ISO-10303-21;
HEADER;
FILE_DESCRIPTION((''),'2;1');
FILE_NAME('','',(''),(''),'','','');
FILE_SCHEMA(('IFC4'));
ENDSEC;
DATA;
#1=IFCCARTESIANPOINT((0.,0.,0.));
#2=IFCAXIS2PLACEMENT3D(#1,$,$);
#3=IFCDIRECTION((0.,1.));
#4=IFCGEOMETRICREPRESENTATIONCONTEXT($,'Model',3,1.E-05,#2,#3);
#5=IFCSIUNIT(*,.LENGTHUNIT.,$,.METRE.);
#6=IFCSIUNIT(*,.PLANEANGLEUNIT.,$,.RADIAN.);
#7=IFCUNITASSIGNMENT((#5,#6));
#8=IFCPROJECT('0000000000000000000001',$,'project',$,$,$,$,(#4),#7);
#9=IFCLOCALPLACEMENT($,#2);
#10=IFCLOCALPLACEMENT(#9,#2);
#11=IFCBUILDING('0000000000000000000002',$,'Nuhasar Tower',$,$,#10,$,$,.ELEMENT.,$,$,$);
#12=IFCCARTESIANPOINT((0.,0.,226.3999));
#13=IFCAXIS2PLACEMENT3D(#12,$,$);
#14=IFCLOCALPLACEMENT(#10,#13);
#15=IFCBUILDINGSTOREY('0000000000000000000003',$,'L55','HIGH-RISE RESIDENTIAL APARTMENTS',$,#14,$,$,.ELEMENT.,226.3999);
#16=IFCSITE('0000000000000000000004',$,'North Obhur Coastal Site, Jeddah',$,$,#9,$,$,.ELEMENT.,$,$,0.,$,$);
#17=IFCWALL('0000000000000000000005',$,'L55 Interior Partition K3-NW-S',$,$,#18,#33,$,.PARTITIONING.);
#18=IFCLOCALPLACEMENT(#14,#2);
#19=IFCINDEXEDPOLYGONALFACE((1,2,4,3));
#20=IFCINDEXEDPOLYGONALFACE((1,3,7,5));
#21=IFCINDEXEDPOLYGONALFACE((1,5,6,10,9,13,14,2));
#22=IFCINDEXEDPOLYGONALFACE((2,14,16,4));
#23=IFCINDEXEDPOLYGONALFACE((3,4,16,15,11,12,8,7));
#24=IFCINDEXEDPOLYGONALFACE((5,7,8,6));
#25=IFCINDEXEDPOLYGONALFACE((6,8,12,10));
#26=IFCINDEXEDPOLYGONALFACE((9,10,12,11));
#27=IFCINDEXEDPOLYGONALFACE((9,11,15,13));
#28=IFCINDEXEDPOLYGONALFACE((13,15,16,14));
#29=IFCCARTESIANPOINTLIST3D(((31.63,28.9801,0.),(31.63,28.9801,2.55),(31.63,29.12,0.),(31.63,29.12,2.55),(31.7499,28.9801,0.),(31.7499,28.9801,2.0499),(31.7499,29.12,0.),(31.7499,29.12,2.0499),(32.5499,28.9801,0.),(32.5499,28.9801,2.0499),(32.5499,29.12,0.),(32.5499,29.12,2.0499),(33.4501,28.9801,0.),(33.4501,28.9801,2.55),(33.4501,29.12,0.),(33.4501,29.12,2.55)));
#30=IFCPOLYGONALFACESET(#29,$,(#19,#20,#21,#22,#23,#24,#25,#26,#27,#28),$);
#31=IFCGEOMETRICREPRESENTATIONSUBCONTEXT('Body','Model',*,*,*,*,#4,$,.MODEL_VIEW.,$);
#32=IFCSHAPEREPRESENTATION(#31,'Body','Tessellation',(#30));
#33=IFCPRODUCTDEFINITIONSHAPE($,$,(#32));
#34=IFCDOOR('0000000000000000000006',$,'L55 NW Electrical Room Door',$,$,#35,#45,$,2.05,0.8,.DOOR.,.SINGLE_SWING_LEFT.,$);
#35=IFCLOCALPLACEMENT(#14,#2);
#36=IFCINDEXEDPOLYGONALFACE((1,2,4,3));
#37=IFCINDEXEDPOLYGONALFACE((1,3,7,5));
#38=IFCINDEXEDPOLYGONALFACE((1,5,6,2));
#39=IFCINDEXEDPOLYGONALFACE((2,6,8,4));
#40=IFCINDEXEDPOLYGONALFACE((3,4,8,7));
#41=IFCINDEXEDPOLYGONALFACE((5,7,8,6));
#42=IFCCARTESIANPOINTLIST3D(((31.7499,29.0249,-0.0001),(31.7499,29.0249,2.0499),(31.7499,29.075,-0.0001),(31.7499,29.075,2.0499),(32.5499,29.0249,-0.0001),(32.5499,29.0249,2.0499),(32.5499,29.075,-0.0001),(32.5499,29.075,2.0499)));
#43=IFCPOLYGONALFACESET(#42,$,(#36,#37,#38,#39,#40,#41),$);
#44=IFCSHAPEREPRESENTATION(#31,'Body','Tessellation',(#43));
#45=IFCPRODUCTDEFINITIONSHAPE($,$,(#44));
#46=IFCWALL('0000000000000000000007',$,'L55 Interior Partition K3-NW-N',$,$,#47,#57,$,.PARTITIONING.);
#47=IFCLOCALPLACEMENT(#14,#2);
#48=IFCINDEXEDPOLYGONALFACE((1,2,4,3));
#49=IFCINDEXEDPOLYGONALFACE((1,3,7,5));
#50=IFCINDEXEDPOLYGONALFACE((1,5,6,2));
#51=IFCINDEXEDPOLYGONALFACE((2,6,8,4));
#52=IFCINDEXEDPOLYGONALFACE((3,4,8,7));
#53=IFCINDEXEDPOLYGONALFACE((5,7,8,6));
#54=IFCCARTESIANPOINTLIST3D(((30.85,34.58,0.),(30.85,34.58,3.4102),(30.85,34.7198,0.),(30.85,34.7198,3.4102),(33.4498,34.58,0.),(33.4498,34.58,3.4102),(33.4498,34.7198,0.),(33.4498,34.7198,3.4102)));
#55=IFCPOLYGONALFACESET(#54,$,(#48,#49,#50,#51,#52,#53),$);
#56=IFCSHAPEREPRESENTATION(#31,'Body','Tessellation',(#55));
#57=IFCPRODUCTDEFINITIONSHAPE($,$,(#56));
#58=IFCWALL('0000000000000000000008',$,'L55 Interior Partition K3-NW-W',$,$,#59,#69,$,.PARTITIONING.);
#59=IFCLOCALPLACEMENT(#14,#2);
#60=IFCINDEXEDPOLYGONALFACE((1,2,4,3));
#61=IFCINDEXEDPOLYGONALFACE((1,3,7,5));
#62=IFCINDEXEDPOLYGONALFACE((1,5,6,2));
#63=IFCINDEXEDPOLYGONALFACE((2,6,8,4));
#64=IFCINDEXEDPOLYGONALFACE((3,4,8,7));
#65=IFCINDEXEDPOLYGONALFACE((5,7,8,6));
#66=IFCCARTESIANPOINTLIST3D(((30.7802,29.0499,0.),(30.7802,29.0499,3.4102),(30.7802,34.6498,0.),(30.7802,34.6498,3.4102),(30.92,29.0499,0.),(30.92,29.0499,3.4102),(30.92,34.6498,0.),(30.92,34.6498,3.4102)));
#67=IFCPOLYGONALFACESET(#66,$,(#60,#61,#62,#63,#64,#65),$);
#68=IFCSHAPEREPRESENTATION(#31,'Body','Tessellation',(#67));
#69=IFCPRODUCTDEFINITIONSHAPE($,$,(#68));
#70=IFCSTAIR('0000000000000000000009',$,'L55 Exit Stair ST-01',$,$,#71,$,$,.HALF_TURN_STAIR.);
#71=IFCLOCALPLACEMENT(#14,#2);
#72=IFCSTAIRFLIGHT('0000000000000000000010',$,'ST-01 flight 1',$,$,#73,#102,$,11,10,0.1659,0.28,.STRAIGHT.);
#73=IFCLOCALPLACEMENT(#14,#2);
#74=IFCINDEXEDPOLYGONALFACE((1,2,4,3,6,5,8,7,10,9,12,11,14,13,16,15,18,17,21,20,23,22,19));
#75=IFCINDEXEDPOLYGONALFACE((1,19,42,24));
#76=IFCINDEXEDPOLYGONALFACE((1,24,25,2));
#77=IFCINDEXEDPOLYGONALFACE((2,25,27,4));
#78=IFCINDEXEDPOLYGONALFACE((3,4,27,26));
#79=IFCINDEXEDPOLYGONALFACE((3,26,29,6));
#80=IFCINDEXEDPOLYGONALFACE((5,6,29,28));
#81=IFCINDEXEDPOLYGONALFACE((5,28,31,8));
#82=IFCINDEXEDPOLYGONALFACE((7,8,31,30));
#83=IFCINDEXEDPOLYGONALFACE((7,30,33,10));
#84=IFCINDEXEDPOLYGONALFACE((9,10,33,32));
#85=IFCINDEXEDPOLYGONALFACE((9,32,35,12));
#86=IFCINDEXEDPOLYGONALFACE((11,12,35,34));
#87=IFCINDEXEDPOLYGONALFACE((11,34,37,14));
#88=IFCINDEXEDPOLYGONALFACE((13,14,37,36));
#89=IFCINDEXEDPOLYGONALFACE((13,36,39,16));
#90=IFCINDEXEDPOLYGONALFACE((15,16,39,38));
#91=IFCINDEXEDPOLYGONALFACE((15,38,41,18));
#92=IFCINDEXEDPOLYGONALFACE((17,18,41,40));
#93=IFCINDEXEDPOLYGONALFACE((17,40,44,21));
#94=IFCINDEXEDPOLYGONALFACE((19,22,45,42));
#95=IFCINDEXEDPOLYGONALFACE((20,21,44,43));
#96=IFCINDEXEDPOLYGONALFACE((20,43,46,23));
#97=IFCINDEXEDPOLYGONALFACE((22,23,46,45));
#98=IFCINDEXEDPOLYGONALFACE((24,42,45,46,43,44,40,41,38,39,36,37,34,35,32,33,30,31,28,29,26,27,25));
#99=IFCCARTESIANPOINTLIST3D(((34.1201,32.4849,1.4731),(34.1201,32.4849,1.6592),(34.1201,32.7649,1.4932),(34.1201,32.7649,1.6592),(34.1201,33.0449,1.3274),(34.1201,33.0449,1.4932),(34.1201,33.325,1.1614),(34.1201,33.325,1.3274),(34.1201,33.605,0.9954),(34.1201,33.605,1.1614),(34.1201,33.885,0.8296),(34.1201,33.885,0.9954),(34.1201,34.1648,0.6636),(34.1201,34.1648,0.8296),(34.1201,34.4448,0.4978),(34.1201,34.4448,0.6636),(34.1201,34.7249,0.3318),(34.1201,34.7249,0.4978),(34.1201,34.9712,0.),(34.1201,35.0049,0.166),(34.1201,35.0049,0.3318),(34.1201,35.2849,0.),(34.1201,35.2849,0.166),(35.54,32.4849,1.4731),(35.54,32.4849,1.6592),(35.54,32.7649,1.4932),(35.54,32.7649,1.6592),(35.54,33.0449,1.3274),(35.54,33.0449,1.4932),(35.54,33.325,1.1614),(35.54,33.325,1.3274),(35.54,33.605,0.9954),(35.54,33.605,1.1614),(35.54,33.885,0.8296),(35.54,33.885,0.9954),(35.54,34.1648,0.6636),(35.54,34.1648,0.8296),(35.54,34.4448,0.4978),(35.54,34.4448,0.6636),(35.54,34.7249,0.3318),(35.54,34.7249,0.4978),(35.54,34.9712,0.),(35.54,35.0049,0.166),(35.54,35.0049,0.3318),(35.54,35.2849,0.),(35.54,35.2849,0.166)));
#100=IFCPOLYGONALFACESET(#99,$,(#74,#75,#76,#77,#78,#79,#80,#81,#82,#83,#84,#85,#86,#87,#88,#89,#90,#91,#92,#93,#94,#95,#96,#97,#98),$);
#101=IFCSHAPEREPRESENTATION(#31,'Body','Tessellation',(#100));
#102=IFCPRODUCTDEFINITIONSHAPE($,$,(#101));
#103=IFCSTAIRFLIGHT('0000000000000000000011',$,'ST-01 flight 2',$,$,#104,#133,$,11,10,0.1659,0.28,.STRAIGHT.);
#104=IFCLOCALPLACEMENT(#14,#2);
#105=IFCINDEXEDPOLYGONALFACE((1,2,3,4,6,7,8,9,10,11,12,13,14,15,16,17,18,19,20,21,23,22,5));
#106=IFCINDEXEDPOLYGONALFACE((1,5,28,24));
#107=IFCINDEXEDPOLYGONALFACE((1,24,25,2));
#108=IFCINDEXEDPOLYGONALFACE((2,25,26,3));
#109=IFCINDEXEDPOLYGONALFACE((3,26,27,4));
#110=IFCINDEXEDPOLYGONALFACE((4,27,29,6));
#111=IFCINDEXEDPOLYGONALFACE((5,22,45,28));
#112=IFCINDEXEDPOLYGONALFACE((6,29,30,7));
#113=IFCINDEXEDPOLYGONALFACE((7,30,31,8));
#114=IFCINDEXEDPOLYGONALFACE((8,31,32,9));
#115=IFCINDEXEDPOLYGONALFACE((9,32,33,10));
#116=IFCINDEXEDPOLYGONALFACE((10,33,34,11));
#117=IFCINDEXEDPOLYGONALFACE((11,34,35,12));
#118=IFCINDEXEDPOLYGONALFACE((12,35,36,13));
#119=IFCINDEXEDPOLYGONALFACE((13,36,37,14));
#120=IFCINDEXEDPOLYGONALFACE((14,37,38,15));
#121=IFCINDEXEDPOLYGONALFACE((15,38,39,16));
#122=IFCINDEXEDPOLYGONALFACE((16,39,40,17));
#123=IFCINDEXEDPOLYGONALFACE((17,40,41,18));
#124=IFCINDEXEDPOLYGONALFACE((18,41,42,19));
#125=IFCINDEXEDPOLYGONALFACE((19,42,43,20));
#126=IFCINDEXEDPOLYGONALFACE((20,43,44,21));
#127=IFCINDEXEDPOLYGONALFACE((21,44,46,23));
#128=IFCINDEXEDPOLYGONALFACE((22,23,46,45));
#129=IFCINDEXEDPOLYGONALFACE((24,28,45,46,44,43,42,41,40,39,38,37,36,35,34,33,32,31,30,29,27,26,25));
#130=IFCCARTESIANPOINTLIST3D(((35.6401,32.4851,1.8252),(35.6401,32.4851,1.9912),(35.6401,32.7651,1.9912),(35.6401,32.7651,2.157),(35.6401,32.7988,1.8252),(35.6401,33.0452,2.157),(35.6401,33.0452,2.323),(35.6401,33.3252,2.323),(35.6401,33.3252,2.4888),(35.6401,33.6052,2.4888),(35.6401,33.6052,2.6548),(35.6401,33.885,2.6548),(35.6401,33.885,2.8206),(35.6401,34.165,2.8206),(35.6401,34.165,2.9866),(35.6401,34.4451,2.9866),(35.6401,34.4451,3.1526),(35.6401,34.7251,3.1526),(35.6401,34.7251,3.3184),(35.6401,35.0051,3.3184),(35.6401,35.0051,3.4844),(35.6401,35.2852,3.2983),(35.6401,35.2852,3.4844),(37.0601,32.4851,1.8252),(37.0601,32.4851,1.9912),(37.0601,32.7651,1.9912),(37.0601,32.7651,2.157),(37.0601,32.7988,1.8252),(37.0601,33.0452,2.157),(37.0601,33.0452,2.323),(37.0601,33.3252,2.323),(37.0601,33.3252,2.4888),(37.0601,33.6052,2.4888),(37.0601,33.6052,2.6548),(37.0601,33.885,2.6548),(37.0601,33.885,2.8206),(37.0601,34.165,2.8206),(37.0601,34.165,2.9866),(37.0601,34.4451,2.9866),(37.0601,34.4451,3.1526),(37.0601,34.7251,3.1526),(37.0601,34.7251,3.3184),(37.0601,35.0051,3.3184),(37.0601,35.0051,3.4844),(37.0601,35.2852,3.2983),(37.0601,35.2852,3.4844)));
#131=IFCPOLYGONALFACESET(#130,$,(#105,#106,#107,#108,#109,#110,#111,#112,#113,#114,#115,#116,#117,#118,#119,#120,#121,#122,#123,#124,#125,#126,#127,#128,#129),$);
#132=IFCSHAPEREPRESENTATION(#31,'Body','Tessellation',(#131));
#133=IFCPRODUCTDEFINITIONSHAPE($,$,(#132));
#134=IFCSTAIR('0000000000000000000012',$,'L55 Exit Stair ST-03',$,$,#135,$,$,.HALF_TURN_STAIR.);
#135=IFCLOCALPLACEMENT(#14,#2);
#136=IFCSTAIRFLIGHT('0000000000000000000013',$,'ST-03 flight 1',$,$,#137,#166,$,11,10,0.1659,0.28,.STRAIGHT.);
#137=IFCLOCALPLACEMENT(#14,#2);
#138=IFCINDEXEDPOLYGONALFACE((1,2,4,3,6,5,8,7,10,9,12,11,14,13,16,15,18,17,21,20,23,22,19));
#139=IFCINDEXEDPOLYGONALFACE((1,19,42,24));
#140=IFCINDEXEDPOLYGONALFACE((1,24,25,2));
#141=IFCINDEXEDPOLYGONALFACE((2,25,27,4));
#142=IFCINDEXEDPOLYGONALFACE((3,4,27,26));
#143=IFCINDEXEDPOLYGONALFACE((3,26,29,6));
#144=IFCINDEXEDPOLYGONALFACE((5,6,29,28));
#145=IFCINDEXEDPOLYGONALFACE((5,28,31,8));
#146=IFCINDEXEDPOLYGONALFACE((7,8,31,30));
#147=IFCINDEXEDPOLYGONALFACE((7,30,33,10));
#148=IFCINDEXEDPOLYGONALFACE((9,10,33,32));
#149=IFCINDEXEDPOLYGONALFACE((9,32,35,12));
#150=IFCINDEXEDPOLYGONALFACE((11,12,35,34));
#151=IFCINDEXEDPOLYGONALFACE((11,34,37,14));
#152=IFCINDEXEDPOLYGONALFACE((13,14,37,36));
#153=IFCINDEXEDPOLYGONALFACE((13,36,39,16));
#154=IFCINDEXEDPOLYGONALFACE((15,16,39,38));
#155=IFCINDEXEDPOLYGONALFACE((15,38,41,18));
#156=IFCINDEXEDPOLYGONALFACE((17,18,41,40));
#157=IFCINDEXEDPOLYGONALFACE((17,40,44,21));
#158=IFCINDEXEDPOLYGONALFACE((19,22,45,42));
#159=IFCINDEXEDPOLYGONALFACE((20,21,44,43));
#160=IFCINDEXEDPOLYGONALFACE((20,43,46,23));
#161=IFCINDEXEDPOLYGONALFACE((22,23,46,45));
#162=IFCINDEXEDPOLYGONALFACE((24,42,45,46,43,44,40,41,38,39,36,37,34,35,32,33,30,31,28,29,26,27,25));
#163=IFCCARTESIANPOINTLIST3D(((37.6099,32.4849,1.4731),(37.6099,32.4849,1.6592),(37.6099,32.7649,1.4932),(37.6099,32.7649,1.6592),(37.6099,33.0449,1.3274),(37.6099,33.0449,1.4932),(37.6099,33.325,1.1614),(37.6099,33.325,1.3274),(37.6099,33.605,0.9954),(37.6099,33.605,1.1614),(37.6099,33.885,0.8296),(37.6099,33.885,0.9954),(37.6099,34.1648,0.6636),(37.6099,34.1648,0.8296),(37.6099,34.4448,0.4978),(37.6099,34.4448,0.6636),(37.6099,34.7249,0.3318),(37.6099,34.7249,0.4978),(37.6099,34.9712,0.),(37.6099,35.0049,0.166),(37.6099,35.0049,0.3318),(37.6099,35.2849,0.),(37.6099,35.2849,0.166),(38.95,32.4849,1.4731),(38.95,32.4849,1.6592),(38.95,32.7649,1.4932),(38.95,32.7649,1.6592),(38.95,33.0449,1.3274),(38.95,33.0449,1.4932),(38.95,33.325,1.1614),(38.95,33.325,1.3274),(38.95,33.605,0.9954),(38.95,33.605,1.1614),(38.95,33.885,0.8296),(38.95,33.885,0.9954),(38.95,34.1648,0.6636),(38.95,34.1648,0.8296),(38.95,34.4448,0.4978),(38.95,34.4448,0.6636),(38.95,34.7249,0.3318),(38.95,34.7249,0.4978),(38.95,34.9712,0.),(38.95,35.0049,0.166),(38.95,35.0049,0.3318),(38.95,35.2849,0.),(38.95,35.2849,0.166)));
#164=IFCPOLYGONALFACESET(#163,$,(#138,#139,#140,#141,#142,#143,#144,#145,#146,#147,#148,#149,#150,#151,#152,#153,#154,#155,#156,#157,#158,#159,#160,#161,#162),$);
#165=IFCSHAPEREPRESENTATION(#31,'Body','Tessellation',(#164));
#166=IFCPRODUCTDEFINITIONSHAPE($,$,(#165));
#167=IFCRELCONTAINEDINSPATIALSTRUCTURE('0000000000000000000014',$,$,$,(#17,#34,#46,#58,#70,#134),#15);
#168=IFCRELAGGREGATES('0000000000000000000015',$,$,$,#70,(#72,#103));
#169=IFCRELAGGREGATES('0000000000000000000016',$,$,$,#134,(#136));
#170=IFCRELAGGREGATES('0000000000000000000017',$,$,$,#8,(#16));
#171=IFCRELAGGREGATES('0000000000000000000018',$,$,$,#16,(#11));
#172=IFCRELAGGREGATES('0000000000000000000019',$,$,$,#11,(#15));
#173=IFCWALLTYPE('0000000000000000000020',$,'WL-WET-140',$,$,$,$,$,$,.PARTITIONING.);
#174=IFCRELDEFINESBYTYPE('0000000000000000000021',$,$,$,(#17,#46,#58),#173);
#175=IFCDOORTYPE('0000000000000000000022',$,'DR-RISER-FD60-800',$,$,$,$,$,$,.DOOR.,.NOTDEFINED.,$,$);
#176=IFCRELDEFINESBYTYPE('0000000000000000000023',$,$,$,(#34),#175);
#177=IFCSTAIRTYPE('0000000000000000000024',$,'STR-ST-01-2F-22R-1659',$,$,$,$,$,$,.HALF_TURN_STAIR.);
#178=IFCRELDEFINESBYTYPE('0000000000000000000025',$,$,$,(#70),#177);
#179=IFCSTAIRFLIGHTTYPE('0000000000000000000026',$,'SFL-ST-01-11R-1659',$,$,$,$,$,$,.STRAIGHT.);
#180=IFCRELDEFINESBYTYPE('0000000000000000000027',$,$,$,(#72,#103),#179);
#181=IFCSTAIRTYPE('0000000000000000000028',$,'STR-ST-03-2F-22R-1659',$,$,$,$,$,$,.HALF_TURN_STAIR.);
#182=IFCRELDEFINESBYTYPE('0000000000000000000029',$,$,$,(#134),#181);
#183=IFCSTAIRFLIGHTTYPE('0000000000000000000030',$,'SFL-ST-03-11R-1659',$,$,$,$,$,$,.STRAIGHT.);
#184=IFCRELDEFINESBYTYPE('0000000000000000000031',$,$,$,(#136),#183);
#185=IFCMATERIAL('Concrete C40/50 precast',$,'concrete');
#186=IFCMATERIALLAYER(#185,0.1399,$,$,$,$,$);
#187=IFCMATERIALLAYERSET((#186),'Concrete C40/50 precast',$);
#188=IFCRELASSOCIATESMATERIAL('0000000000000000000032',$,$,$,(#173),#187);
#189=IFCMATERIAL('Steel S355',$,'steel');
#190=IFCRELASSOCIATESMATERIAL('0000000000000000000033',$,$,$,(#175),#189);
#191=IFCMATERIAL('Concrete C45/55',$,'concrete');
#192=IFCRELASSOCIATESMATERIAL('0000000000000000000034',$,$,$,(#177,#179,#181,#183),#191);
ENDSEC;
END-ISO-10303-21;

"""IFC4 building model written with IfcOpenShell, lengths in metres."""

from ifc_helpers import new_model, si_unit, direction, frame, frame_2d, origin, place, context, subcontext, project, spatial, polyline, rectangle, outline, extrude, material, layer, layer_set, type_object, element, fill, aggregate, save


model = new_model("IFC4")

# Units and contexts
model_context = context("Model", 3, precision=1e-05, world=origin(), true_north=direction((0.0, 1.0)))
body_context = subcontext(model_context, "Body", "Model", "MODEL_VIEW")
ifc_project = project(units=[si_unit("LENGTHUNIT", "METRE"), si_unit("PLANEANGLEUNIT", "RADIAN")], contexts=[model_context])

# Site, building, storey
site_placement = place(None, origin())
site = spatial("IfcSite", under=ifc_project, at=site_placement, Name="North Obhur Coastal Site, Jeddah", CompositionType="ELEMENT", RefElevation=0.0)
building_placement = place(site_placement, origin())
building = spatial("IfcBuilding", under=site, at=building_placement, Name="Nuhasar Tower", CompositionType="ELEMENT")
storey_placement = place(building_placement, frame((0.0, 0.0, 226.3999)))
storey = spatial("IfcBuildingStorey", under=building, at=storey_placement, Name="L55", Description="HIGH-RISE RESIDENTIAL APARTMENTS", CompositionType="ELEMENT", Elevation=226.3999)

# Shared definitions
ifc_material_1 = material(Name="Steel S355", Category="steel")

# Shared definitions
ifc_material_2 = material(Name="Concrete C40/50 precast", Category="concrete")
ifc_layer_1 = layer(ifc_material_2, 0.1399)
ifc_layer_set_1 = layer_set([ifc_layer_1], Name="Concrete C40/50 precast")
wall_type_1 = type_object("IfcWallType", Name="WL-WET-140", PredefinedType="PARTITIONING", material=ifc_layer_set_1)

# Wall, opening, door
wall_1_placement = place(storey_placement, frame((31.6299, 29.05, 0.0), z_axis=(0.0, 0.0, 1.0), x_axis=(1.0, 0.0, 0.0)))
wall_1 = element("IfcWall", 1, at=wall_1_placement, inside=storey, type_object=wall_type_1, Name="L55 Interior Partition K3-NW-S", PredefinedType="PARTITIONING", context=body_context, shape_type="SweptSolid", body=[
    extrude(rectangle(XDim=1.8201, YDim=0.1399, at=frame_2d((0.9102, 0.0))), origin(), (0.0, 0.0, 1.0), 2.55),
])
opening_1_placement = place(wall_1_placement, frame((0.1201, 0.0, 0.0)))
opening_1 = element("IfcOpeningElement", 2, at=opening_1_placement, cuts=wall_1, PredefinedType="OPENING", context=body_context, shape_type="SweptSolid", body=[
    extrude(rectangle(XDim=0.8, YDim=2.05, at=frame_2d((0.3999, 1.0249))), frame((0.0, 0.0801, 0.0), z_axis=(0.0, -1.0, 0.0), x_axis=(1.0, 0.0, 0.0)), (0.0, 0.0, 1.0), 0.1599),
])
door_type_1 = type_object("IfcDoorType", Name="DR-RISER-FD60-800", OperationType="NOTDEFINED", PredefinedType="DOOR", material=ifc_material_1)
door_1_placement = place(opening_1_placement, origin())
door_1 = element("IfcDoor", 3, at=door_1_placement, inside=storey, type_object=door_type_1, Name="L55 NW Electrical Room Door", OperationType="SINGLE_SWING_LEFT", OverallHeight=2.05, OverallWidth=0.8, PredefinedType="DOOR", context=body_context, shape_type="SweptSolid", body=[
    extrude(rectangle(XDim=0.8, YDim=2.05, at=frame_2d((0.3999, 1.0249))), frame((0.0, 0.0249, 0.0), z_axis=(0.0, -1.0, 0.0), x_axis=(1.0, 0.0, 0.0)), (0.0, 0.0, 1.0), 0.05),
])
fill(opening_1, door_1)

# Walls
wall_2_placement = place(storey_placement, frame((30.8501, 34.6499, 0.0), z_axis=(0.0, 0.0, 1.0), x_axis=(1.0, 0.0, 0.0)))
element("IfcWall", 4, at=wall_2_placement, inside=storey, type_object=wall_type_1, Name="L55 Interior Partition K3-NW-N", PredefinedType="PARTITIONING", context=body_context, shape_type="SweptSolid", body=[
    extrude(rectangle(XDim=2.5999, YDim=0.1399, at=frame_2d((1.2998, 0.0))), origin(), (0.0, 0.0, 1.0), 3.4102),
])
wall_3_placement = place(storey_placement, frame((30.8501, 29.05, 0.0), z_axis=(0.0, 0.0, 1.0), x_axis=(0.0, 1.0, 0.0)))
element("IfcWall", 5, at=wall_3_placement, inside=storey, type_object=wall_type_1, Name="L55 Interior Partition K3-NW-W", PredefinedType="PARTITIONING", context=body_context, shape_type="SweptSolid", body=[
    extrude(rectangle(XDim=5.5999, YDim=0.1399, at=frame_2d((2.7998, 0.0))), origin(), (0.0, 0.0, 1.0), 3.4102),
])

# Stair, stair flights
ifc_material_3 = material(Name="Concrete C45/55", Category="concrete")
stair_type_1 = type_object("IfcStairType", Name="STR-ST-01-2F-22R-1659", PredefinedType="HALF_TURN_STAIR", material=ifc_material_3)
stair_1_placement = place(storey_placement, origin())
stair_1 = element("IfcStair", 6, at=stair_1_placement, inside=storey, type_object=stair_type_1, Name="L55 Exit Stair ST-01", PredefinedType="HALF_TURN_STAIR")
stair_flight_type_1 = type_object("IfcStairFlightType", Name="SFL-ST-01-11R-1659", PredefinedType="STRAIGHT", material=ifc_material_3)
stair_flight_1_placement = place(storey_placement, frame((34.8301, 35.2849, 0.0), z_axis=(0.0, 0.0, 1.0), x_axis=(0.0, -1.0, 0.0)))
stair_flight_1 = element("IfcStairFlight", 7, at=stair_flight_1_placement, type_object=stair_flight_type_1, Name="ST-01 flight 1", NumberOfRisers=11, NumberOfTreads=10, PredefinedType="STRAIGHT", RiserHeight=0.1659, TreadLength=0.28, context=body_context, shape_type="SweptSolid", body=[
    extrude(outline(polyline([(0.0, 0.0), (0.0, 0.166), (0.28, 0.166), (0.28, 0.3318), (0.5601, 0.3318), (0.5601, 0.4978), (0.8401, 0.4978), (0.8401, 0.6636), (1.1201, 0.6636), (1.1201, 0.8296), (1.3999, 0.8296), (1.3999, 0.9954), (1.6799, 0.9954), (1.6799, 1.1614), (1.96, 1.1614), (1.96, 1.3274), (2.24, 1.3274), (2.24, 1.4932), (2.52, 1.4932), (2.52, 1.6592), (2.8, 1.6592), (2.8, 1.825), (2.8, 1.4731), (0.3137, 0.0), (0.0, 0.0)])), frame((0.0, 0.71, 0.0), z_axis=(0.0, -1.0, 0.0), x_axis=(1.0, 0.0, 0.0)), (0.0, 0.0, 1.0), 1.4199),
])
stair_flight_2_placement = place(storey_placement, frame((36.3501, 32.4851, 1.8252), z_axis=(0.0, 0.0, 1.0), x_axis=(0.0, 1.0, 0.0)))
stair_flight_2 = element("IfcStairFlight", 8, at=stair_flight_2_placement, type_object=stair_flight_type_1, Name="ST-01 flight 2", NumberOfRisers=11, NumberOfTreads=10, PredefinedType="STRAIGHT", RiserHeight=0.1659, TreadLength=0.28, context=body_context, shape_type="SweptSolid", body=[
    extrude(outline(polyline([(0.0, 0.0), (0.0, 0.166), (0.28, 0.166), (0.28, 0.3318), (0.5601, 0.3318), (0.5601, 0.4978), (0.8401, 0.4978), (0.8401, 0.6636), (1.1201, 0.6636), (1.1201, 0.8296), (1.3999, 0.8296), (1.3999, 0.9954), (1.6799, 0.9954), (1.6799, 1.1614), (1.96, 1.1614), (1.96, 1.3274), (2.24, 1.3274), (2.24, 1.4932), (2.52, 1.4932), (2.52, 1.6592), (2.8, 1.6592), (2.8, 1.825), (2.8, 1.4731), (0.3137, 0.0), (0.0, 0.0)])), frame((0.0, 0.71, 0.0), z_axis=(0.0, -1.0, 0.0), x_axis=(1.0, 0.0, 0.0)), (0.0, 0.0, 1.0), 1.4199),
])
aggregate(stair_1, [stair_flight_1, stair_flight_2])

# Stair, stair flight
stair_type_2 = type_object("IfcStairType", Name="STR-ST-03-2F-22R-1659", PredefinedType="HALF_TURN_STAIR", material=ifc_material_3)
stair_2_placement = place(storey_placement, origin())
stair_2 = element("IfcStair", 9, at=stair_2_placement, inside=storey, type_object=stair_type_2, Name="L55 Exit Stair ST-03", PredefinedType="HALF_TURN_STAIR")
stair_flight_type_2 = type_object("IfcStairFlightType", Name="SFL-ST-03-11R-1659", PredefinedType="STRAIGHT", material=ifc_material_3)
stair_flight_3_placement = place(storey_placement, frame((38.28, 35.2849, 0.0), z_axis=(0.0, 0.0, 1.0), x_axis=(0.0, -1.0, 0.0)))
stair_flight_3 = element("IfcStairFlight", 10, at=stair_flight_3_placement, type_object=stair_flight_type_2, Name="ST-03 flight 1", NumberOfRisers=11, NumberOfTreads=10, PredefinedType="STRAIGHT", RiserHeight=0.1659, TreadLength=0.28, context=body_context, shape_type="SweptSolid", body=[
    extrude(outline(polyline([(0.0, 0.0), (0.0, 0.166), (0.28, 0.166), (0.28, 0.3318), (0.5601, 0.3318), (0.5601, 0.4978), (0.8401, 0.4978), (0.8401, 0.6636), (1.1201, 0.6636), (1.1201, 0.8296), (1.3999, 0.8296), (1.3999, 0.9954), (1.6799, 0.9954), (1.6799, 1.1614), (1.96, 1.1614), (1.96, 1.3274), (2.24, 1.3274), (2.24, 1.4932), (2.52, 1.4932), (2.52, 1.6592), (2.8, 1.6592), (2.8, 1.825), (2.8, 1.4731), (0.3137, 0.0), (0.0, 0.0)])), frame((0.0, 0.6699, 0.0), z_axis=(0.0, -1.0, 0.0), x_axis=(1.0, 0.0, 0.0)), (0.0, 0.0, 1.0), 1.3401),
])
aggregate(stair_2, [stair_flight_3])

save(model, "model.ifc")
